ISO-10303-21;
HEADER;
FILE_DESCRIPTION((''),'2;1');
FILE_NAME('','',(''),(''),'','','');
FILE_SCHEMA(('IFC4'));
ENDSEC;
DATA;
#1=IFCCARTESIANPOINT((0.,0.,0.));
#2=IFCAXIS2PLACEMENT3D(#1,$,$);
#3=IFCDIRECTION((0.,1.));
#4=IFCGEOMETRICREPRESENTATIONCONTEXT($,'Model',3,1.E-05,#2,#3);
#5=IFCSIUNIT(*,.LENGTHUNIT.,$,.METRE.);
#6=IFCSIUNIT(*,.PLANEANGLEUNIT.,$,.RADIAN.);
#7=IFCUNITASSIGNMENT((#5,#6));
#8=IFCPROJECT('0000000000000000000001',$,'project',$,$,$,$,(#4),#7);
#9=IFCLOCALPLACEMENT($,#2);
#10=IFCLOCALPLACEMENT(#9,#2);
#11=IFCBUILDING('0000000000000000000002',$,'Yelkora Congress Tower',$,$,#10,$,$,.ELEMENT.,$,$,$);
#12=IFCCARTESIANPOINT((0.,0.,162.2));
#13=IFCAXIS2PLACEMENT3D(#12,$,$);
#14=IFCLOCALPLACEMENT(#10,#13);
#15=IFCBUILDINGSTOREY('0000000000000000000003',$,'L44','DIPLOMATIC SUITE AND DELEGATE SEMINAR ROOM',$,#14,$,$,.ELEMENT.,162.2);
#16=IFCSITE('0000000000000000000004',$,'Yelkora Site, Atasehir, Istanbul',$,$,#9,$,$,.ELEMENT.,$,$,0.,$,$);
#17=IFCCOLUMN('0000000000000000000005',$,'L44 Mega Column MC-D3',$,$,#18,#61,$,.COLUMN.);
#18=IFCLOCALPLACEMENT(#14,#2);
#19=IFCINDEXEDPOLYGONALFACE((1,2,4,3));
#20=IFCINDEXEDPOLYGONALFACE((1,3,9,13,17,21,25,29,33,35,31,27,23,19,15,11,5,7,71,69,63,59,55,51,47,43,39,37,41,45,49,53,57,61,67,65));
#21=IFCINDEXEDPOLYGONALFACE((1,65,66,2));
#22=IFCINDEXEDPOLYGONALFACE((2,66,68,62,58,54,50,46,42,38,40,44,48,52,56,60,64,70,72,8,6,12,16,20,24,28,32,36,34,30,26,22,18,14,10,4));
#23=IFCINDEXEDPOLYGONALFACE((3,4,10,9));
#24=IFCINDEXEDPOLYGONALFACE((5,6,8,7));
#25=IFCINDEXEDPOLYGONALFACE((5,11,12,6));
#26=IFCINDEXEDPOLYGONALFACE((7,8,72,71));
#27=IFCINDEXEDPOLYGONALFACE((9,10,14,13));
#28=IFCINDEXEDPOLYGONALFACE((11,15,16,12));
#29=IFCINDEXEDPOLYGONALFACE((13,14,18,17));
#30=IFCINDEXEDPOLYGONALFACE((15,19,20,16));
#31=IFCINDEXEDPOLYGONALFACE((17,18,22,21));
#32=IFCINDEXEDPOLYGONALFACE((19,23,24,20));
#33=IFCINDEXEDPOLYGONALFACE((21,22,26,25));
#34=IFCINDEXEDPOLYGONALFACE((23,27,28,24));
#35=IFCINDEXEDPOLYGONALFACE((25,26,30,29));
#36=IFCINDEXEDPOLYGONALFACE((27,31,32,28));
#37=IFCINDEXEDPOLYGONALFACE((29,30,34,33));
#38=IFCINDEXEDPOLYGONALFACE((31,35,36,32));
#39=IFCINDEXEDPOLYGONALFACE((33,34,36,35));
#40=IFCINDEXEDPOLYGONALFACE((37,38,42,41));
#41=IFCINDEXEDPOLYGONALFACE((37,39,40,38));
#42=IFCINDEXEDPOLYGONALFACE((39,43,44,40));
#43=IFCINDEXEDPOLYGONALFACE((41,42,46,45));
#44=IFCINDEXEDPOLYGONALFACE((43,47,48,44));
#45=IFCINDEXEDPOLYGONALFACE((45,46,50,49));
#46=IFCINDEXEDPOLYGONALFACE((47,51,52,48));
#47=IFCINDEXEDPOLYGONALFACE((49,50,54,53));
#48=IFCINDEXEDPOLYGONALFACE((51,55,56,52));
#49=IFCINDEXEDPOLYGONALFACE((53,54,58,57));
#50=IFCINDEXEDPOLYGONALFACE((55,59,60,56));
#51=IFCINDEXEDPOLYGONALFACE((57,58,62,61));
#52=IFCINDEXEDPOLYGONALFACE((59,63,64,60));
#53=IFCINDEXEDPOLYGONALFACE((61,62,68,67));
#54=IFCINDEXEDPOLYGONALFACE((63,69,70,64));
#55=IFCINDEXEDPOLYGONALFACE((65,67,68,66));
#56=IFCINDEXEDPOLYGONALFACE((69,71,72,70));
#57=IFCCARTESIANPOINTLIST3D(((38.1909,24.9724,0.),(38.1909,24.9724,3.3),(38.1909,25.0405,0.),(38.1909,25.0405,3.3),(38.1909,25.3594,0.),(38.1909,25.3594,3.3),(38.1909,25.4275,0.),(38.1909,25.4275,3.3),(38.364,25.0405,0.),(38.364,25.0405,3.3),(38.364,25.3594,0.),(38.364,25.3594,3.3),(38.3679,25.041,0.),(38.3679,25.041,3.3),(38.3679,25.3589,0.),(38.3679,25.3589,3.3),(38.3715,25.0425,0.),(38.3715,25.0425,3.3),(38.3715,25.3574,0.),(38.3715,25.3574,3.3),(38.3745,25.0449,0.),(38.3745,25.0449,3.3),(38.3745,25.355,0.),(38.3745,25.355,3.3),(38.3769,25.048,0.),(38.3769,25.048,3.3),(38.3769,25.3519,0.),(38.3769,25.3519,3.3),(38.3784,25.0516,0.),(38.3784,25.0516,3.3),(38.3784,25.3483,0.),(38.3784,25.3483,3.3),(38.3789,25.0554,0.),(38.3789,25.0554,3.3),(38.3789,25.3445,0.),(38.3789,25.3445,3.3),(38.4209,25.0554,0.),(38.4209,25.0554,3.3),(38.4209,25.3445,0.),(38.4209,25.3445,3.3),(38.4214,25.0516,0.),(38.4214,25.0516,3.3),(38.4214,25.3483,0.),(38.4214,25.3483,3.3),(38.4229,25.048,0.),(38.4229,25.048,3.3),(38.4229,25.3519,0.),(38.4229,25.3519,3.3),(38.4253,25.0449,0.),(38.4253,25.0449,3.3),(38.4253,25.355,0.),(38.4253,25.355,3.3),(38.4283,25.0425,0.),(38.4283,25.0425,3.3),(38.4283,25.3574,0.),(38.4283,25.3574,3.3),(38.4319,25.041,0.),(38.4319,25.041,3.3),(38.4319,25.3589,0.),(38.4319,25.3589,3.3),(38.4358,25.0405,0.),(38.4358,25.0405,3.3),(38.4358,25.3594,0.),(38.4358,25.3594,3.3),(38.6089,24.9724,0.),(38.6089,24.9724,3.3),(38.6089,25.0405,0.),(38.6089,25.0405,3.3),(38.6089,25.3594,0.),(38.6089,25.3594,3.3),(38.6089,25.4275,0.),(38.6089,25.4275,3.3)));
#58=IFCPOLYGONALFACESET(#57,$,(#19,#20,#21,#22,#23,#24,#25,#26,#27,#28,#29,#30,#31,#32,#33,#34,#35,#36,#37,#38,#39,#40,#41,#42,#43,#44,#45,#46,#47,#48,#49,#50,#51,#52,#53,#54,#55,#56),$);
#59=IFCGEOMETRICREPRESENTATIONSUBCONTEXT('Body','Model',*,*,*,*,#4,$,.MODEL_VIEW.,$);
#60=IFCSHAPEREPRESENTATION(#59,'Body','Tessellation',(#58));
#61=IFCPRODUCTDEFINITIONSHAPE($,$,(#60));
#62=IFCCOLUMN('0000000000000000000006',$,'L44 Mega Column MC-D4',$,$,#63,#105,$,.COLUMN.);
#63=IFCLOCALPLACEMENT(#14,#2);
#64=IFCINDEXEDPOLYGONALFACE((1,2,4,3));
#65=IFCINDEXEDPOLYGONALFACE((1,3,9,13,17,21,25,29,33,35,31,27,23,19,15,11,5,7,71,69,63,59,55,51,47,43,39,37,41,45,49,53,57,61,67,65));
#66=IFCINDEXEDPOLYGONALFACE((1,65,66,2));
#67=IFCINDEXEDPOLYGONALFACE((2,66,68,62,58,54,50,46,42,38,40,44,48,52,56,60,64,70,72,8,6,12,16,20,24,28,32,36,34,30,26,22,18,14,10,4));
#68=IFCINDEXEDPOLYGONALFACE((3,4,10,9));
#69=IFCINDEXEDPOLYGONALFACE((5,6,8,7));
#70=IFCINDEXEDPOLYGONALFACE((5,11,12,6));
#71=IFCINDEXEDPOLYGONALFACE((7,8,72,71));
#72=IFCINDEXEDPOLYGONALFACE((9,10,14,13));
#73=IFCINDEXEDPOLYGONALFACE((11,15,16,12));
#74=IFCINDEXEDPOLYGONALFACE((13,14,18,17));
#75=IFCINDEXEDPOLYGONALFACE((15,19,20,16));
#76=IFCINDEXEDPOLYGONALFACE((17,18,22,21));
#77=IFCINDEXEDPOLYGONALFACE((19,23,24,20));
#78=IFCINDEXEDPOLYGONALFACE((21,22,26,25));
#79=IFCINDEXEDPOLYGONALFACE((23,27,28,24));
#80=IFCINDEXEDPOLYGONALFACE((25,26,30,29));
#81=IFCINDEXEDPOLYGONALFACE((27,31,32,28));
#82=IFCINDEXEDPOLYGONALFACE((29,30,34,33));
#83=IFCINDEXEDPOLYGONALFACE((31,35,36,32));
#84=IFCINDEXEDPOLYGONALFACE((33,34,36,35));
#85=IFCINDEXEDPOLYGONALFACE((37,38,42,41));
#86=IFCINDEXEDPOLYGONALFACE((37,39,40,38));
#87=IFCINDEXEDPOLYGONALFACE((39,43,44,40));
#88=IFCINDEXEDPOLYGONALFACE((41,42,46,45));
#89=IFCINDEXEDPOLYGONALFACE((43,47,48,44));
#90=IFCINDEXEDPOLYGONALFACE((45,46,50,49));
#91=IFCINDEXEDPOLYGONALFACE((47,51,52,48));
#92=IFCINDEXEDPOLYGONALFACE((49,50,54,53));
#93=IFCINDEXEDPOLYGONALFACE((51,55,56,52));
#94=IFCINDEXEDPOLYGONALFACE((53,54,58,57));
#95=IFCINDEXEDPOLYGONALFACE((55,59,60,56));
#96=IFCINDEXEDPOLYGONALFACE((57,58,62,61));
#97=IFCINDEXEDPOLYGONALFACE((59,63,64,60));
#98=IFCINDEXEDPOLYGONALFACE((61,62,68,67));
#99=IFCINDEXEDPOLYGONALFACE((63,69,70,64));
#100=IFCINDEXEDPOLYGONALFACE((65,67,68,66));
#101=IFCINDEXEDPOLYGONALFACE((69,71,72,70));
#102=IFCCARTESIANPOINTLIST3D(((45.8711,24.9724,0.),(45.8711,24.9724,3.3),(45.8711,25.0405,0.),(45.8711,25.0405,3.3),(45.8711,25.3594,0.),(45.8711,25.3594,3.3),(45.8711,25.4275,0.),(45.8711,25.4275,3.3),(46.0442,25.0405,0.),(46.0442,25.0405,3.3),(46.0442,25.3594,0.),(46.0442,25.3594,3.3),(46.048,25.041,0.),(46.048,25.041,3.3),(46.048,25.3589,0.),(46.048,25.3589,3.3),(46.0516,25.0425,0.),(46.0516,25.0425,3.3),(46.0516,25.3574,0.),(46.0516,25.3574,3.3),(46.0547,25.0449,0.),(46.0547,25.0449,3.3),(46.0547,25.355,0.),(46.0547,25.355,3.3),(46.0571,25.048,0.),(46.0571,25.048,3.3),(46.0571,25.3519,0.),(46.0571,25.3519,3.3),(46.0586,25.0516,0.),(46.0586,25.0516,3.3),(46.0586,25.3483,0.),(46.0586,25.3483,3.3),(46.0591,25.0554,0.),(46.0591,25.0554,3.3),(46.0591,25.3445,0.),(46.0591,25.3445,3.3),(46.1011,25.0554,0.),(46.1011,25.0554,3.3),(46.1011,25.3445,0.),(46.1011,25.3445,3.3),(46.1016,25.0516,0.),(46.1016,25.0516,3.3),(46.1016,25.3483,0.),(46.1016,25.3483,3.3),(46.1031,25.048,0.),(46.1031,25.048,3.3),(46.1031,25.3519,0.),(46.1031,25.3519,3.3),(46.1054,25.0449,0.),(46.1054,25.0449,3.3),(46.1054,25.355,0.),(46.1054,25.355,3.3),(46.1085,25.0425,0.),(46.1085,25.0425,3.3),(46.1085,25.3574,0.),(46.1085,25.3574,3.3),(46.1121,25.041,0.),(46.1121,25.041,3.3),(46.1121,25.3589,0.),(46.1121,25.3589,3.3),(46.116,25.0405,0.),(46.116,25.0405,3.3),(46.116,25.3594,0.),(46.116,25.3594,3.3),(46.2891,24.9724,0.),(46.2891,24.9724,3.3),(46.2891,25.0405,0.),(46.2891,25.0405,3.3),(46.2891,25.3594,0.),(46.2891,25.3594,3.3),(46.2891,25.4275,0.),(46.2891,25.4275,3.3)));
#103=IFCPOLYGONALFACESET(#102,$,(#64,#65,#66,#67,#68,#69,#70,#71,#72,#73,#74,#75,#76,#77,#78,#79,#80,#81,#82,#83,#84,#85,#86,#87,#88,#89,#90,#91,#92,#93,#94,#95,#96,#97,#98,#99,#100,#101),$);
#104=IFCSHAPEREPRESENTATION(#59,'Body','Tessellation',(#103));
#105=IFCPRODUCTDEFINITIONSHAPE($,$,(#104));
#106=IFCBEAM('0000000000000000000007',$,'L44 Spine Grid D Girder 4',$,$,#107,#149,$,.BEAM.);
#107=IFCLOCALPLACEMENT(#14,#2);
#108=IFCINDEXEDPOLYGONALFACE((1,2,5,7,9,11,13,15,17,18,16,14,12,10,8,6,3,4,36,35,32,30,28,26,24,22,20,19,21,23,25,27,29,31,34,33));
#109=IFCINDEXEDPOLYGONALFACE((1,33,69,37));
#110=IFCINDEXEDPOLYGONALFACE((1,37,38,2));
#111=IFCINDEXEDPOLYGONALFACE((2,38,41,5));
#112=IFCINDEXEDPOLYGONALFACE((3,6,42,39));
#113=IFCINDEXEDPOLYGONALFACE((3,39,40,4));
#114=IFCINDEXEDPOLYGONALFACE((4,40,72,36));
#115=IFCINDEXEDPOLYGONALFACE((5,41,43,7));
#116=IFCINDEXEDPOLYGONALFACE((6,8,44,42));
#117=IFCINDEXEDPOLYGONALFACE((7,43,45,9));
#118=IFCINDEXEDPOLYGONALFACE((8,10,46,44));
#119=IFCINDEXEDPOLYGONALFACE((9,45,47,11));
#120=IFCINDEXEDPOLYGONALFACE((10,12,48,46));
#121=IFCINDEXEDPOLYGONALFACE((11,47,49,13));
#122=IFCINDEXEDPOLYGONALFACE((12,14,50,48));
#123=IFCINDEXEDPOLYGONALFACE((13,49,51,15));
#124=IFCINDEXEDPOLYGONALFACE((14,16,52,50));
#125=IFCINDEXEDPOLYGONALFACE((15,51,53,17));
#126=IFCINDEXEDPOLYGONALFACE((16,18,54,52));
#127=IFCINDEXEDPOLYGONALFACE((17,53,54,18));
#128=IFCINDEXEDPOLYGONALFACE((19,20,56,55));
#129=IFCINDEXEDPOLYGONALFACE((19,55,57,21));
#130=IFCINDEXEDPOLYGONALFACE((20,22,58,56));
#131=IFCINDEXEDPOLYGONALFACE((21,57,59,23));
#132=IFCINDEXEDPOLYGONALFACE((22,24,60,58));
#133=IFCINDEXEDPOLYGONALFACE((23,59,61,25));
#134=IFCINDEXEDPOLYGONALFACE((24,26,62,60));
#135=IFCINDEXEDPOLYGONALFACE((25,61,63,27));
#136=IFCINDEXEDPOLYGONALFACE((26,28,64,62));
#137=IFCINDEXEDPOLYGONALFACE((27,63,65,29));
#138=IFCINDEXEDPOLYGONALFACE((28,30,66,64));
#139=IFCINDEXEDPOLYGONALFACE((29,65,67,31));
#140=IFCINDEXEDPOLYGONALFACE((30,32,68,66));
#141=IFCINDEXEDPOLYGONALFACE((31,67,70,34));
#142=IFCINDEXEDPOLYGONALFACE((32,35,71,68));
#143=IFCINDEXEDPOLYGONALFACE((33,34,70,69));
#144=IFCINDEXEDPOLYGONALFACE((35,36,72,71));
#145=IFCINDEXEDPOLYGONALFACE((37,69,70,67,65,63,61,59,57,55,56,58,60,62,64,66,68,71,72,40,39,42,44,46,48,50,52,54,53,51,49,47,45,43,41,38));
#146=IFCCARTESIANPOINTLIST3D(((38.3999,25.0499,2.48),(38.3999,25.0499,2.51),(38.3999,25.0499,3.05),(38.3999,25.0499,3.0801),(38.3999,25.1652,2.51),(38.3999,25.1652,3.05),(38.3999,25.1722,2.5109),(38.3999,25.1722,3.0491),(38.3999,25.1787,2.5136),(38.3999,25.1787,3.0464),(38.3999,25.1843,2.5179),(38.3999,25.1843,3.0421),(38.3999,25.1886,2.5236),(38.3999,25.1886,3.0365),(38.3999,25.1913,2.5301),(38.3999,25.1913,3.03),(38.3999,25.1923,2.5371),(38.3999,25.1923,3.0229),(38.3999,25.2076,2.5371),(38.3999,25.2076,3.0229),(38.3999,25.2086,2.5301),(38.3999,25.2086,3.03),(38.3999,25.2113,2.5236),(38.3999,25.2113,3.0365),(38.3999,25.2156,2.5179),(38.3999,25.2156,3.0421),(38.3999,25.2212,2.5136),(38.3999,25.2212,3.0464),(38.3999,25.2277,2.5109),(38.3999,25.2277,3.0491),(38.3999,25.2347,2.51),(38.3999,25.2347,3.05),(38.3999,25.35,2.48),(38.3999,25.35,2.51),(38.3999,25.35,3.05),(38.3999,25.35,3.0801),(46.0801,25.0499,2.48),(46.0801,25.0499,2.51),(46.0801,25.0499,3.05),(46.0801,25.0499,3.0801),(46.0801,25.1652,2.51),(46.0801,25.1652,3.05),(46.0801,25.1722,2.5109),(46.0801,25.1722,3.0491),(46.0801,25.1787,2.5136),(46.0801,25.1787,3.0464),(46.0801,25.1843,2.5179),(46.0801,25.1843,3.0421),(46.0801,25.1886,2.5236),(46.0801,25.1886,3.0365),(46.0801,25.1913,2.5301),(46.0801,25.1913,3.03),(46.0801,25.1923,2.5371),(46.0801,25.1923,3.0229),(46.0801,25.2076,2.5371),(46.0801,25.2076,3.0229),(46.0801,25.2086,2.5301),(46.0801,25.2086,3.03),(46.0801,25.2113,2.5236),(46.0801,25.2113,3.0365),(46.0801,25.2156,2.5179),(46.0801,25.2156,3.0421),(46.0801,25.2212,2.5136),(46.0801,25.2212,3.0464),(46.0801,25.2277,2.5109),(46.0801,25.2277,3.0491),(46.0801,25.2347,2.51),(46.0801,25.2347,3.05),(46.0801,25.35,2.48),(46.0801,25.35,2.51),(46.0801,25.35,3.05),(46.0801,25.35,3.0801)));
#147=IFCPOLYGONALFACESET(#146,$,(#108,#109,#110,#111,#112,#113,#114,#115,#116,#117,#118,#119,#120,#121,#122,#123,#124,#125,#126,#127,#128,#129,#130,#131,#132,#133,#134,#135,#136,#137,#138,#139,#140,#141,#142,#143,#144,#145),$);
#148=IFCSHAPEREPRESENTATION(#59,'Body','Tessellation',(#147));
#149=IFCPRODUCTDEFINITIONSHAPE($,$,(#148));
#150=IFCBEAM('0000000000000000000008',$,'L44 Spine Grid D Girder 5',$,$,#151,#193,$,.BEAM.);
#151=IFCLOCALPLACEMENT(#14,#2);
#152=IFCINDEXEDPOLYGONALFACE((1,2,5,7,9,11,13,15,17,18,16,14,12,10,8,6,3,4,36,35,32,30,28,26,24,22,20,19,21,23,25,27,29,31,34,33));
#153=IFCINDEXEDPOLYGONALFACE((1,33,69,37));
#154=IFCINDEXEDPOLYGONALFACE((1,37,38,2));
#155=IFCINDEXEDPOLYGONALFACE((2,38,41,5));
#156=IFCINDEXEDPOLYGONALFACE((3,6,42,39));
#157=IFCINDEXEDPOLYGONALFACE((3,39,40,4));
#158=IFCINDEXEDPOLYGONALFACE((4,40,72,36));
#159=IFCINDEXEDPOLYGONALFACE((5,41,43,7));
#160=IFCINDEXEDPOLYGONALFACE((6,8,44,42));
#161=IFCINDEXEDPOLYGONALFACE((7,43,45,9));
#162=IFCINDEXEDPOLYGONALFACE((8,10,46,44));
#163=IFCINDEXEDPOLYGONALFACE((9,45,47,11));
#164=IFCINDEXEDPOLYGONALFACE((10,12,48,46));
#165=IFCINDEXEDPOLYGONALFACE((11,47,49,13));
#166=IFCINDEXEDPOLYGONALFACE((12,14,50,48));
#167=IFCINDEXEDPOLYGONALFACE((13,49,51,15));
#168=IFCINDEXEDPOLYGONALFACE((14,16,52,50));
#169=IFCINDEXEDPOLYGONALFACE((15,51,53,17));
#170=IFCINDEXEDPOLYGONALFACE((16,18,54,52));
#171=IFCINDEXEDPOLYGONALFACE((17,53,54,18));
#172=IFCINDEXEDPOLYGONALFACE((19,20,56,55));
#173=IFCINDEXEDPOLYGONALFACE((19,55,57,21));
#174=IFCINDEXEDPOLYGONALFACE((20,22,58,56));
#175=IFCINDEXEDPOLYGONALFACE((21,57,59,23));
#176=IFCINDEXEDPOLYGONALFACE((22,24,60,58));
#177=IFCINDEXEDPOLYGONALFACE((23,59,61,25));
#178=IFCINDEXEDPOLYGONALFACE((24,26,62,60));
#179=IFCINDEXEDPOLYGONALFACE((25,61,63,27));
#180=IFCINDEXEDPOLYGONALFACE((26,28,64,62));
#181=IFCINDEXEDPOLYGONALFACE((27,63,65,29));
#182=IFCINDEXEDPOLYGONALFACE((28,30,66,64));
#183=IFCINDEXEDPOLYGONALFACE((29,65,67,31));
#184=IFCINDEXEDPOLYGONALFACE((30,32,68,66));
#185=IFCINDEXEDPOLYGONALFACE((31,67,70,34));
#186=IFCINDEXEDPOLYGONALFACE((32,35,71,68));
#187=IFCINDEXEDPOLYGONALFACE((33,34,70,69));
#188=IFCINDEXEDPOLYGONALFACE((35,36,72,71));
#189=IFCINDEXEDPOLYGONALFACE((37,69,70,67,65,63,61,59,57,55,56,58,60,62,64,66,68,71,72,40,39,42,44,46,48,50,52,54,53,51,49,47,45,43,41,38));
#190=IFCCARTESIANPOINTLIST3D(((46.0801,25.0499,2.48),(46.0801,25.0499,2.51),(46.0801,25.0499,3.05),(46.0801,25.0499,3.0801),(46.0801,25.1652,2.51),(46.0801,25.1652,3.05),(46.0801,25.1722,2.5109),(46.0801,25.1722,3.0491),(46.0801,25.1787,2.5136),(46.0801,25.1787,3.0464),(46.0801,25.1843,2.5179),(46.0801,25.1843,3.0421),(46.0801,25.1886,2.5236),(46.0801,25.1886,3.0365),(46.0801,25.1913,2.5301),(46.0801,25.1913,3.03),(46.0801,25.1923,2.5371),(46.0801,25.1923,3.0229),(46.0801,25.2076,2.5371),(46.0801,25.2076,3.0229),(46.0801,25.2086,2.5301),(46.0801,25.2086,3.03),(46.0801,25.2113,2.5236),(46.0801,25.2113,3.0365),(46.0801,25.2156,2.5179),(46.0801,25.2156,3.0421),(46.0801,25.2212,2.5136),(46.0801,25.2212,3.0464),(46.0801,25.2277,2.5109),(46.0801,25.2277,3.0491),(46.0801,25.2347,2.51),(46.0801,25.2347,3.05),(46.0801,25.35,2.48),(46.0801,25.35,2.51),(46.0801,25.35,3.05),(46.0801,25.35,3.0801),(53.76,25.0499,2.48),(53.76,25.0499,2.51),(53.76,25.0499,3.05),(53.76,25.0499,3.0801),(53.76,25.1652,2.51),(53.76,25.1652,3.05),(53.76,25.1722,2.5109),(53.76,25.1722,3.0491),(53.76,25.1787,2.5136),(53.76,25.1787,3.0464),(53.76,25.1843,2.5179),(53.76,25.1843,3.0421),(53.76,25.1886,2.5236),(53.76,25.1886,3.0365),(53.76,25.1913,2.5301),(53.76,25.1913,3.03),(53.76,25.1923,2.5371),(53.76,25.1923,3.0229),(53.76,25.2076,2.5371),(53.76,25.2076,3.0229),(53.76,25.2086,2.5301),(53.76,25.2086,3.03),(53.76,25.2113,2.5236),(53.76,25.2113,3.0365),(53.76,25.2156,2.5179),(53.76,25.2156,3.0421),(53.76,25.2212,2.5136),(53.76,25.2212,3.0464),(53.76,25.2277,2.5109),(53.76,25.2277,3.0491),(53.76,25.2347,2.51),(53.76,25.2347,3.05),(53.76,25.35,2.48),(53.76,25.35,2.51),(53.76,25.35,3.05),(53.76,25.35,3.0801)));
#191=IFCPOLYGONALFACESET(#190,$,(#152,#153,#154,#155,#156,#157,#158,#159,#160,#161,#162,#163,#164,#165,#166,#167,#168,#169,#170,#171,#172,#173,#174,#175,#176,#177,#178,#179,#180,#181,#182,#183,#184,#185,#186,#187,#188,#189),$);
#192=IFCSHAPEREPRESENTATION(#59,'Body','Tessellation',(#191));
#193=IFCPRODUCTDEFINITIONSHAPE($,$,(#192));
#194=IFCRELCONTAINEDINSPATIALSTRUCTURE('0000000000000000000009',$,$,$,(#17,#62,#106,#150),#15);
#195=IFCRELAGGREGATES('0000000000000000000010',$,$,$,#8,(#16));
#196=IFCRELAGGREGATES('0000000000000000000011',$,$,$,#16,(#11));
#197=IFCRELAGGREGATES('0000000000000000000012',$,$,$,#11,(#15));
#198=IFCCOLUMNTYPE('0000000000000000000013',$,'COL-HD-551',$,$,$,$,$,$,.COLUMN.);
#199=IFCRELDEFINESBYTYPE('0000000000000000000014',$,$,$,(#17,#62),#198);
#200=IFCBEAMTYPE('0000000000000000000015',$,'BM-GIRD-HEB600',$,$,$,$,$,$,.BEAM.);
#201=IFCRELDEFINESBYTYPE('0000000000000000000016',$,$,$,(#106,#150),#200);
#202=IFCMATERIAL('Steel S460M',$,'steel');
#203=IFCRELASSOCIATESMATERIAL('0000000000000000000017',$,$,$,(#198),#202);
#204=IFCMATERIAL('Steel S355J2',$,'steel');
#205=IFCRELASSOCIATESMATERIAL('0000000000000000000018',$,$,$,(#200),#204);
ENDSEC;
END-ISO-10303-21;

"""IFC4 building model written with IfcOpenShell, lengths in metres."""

from ifc_helpers import new_model, si_unit, direction, frame, origin, origin_2d, place, context, subcontext, project, spatial, i_section, extrude, material, material_profile, profile_set, type_object, element, save


model = new_model("IFC4")

# Units and contexts
model_context = context("Model", 3, precision=1e-05, world=origin(), true_north=direction((0.0, 1.0)))
body_context = subcontext(model_context, "Body", "Model", "MODEL_VIEW")
ifc_project = project(units=[si_unit("LENGTHUNIT", "METRE"), si_unit("PLANEANGLEUNIT", "RADIAN")], contexts=[model_context])

# Site, building, storey
site_placement = place(None, origin())
site = spatial("IfcSite", under=ifc_project, at=site_placement, Name="Yelkora Site, Atasehir, Istanbul", CompositionType="ELEMENT", RefElevation=0.0)
building_placement = place(site_placement, origin())
building = spatial("IfcBuilding", under=site, at=building_placement, Name="Yelkora Congress Tower", CompositionType="ELEMENT")
storey_placement = place(building_placement, frame((0.0, 0.0, 162.2)))
storey = spatial("IfcBuildingStorey", under=building, at=storey_placement, Name="L44", Description="DIPLOMATIC SUITE AND DELEGATE SEMINAR ROOM", CompositionType="ELEMENT", Elevation=162.2)

# Columns
ifc_material_1 = material(Name="Steel S460M", Category="steel")
ifc_material_profile_1 = material_profile(ifc_material_1, i_section(OverallWidth=0.418, OverallDepth=0.4551, WebThickness=0.042, FlangeThickness=0.0681, FilletRadius=0.0149, at=origin_2d()), Name="HD 400x551")
ifc_profile_set_1 = profile_set([ifc_material_profile_1], Name="Steel S460M")
column_type = type_object("IfcColumnType", Name="COL-HD-551", PredefinedType="COLUMN", material=ifc_profile_set_1)
for number, where, z_axis, x_axis, name in (
    (1, (38.3999, 25.2, 0.0), (0.0, 0.0, 1.0), (1.0, 0.0, 0.0), "L44 Mega Column MC-D3"),
    (2, (46.0801, 25.2, 0.0), (0.0, 0.0, 1.0), (1.0, 0.0, 0.0), "L44 Mega Column MC-D4"),
):
    element("IfcColumn", number, at=place(storey_placement, frame(where, z_axis=z_axis, x_axis=x_axis)), inside=storey, type_object=column_type, Name=name, PredefinedType="COLUMN", context=body_context, shape_type="SweptSolid", body=[
        extrude(i_section(OverallWidth=0.418, OverallDepth=0.4551, WebThickness=0.042, FlangeThickness=0.0681, FilletRadius=0.0149, at=origin_2d()), origin(), (0.0, 0.0, 1.0), 3.3),
    ])

# Beams
ifc_material_2 = material(Name="Steel S355J2", Category="steel")
ifc_material_profile_2 = material_profile(ifc_material_2, i_section(OverallWidth=0.3, OverallDepth=0.6001, WebThickness=0.0154, FlangeThickness=0.03, FilletRadius=0.0271, at=origin_2d()), Name="HEB 600")
ifc_profile_set_2 = profile_set([ifc_material_profile_2], Name="Steel S355J2")
beam_type_1 = type_object("IfcBeamType", Name="BM-GIRD-HEB600", PredefinedType="BEAM", material=ifc_profile_set_2)
beam_1_placement = place(storey_placement, frame((38.3999, 25.2, 2.78), z_axis=(1.0, 0.0, 0.0), x_axis=(0.0, 1.0, 0.0)))
element("IfcBeam", 3, at=beam_1_placement, inside=storey, type_object=beam_type_1, Name="L44 Spine Grid D Girder 4", PredefinedType="BEAM", context=body_context, shape_type="SweptSolid", body=[
    extrude(i_section(OverallWidth=0.3, OverallDepth=0.6001, WebThickness=0.0154, FlangeThickness=0.03, FilletRadius=0.0271, at=origin_2d()), origin(), (0.0, 0.0, 1.0), 7.6802),
])
beam_2_placement = place(storey_placement, frame((46.0801, 25.2, 2.78), z_axis=(1.0, 0.0, 0.0), x_axis=(0.0, 1.0, 0.0)))
element("IfcBeam", 4, at=beam_2_placement, inside=storey, type_object=beam_type_1, Name="L44 Spine Grid D Girder 5", PredefinedType="BEAM", context=body_context, shape_type="SweptSolid", body=[
    extrude(i_section(OverallWidth=0.3, OverallDepth=0.6001, WebThickness=0.0154, FlangeThickness=0.03, FilletRadius=0.0271, at=origin_2d()), origin(), (0.0, 0.0, 1.0), 7.6799),
])

save(model, "model.ifc")
